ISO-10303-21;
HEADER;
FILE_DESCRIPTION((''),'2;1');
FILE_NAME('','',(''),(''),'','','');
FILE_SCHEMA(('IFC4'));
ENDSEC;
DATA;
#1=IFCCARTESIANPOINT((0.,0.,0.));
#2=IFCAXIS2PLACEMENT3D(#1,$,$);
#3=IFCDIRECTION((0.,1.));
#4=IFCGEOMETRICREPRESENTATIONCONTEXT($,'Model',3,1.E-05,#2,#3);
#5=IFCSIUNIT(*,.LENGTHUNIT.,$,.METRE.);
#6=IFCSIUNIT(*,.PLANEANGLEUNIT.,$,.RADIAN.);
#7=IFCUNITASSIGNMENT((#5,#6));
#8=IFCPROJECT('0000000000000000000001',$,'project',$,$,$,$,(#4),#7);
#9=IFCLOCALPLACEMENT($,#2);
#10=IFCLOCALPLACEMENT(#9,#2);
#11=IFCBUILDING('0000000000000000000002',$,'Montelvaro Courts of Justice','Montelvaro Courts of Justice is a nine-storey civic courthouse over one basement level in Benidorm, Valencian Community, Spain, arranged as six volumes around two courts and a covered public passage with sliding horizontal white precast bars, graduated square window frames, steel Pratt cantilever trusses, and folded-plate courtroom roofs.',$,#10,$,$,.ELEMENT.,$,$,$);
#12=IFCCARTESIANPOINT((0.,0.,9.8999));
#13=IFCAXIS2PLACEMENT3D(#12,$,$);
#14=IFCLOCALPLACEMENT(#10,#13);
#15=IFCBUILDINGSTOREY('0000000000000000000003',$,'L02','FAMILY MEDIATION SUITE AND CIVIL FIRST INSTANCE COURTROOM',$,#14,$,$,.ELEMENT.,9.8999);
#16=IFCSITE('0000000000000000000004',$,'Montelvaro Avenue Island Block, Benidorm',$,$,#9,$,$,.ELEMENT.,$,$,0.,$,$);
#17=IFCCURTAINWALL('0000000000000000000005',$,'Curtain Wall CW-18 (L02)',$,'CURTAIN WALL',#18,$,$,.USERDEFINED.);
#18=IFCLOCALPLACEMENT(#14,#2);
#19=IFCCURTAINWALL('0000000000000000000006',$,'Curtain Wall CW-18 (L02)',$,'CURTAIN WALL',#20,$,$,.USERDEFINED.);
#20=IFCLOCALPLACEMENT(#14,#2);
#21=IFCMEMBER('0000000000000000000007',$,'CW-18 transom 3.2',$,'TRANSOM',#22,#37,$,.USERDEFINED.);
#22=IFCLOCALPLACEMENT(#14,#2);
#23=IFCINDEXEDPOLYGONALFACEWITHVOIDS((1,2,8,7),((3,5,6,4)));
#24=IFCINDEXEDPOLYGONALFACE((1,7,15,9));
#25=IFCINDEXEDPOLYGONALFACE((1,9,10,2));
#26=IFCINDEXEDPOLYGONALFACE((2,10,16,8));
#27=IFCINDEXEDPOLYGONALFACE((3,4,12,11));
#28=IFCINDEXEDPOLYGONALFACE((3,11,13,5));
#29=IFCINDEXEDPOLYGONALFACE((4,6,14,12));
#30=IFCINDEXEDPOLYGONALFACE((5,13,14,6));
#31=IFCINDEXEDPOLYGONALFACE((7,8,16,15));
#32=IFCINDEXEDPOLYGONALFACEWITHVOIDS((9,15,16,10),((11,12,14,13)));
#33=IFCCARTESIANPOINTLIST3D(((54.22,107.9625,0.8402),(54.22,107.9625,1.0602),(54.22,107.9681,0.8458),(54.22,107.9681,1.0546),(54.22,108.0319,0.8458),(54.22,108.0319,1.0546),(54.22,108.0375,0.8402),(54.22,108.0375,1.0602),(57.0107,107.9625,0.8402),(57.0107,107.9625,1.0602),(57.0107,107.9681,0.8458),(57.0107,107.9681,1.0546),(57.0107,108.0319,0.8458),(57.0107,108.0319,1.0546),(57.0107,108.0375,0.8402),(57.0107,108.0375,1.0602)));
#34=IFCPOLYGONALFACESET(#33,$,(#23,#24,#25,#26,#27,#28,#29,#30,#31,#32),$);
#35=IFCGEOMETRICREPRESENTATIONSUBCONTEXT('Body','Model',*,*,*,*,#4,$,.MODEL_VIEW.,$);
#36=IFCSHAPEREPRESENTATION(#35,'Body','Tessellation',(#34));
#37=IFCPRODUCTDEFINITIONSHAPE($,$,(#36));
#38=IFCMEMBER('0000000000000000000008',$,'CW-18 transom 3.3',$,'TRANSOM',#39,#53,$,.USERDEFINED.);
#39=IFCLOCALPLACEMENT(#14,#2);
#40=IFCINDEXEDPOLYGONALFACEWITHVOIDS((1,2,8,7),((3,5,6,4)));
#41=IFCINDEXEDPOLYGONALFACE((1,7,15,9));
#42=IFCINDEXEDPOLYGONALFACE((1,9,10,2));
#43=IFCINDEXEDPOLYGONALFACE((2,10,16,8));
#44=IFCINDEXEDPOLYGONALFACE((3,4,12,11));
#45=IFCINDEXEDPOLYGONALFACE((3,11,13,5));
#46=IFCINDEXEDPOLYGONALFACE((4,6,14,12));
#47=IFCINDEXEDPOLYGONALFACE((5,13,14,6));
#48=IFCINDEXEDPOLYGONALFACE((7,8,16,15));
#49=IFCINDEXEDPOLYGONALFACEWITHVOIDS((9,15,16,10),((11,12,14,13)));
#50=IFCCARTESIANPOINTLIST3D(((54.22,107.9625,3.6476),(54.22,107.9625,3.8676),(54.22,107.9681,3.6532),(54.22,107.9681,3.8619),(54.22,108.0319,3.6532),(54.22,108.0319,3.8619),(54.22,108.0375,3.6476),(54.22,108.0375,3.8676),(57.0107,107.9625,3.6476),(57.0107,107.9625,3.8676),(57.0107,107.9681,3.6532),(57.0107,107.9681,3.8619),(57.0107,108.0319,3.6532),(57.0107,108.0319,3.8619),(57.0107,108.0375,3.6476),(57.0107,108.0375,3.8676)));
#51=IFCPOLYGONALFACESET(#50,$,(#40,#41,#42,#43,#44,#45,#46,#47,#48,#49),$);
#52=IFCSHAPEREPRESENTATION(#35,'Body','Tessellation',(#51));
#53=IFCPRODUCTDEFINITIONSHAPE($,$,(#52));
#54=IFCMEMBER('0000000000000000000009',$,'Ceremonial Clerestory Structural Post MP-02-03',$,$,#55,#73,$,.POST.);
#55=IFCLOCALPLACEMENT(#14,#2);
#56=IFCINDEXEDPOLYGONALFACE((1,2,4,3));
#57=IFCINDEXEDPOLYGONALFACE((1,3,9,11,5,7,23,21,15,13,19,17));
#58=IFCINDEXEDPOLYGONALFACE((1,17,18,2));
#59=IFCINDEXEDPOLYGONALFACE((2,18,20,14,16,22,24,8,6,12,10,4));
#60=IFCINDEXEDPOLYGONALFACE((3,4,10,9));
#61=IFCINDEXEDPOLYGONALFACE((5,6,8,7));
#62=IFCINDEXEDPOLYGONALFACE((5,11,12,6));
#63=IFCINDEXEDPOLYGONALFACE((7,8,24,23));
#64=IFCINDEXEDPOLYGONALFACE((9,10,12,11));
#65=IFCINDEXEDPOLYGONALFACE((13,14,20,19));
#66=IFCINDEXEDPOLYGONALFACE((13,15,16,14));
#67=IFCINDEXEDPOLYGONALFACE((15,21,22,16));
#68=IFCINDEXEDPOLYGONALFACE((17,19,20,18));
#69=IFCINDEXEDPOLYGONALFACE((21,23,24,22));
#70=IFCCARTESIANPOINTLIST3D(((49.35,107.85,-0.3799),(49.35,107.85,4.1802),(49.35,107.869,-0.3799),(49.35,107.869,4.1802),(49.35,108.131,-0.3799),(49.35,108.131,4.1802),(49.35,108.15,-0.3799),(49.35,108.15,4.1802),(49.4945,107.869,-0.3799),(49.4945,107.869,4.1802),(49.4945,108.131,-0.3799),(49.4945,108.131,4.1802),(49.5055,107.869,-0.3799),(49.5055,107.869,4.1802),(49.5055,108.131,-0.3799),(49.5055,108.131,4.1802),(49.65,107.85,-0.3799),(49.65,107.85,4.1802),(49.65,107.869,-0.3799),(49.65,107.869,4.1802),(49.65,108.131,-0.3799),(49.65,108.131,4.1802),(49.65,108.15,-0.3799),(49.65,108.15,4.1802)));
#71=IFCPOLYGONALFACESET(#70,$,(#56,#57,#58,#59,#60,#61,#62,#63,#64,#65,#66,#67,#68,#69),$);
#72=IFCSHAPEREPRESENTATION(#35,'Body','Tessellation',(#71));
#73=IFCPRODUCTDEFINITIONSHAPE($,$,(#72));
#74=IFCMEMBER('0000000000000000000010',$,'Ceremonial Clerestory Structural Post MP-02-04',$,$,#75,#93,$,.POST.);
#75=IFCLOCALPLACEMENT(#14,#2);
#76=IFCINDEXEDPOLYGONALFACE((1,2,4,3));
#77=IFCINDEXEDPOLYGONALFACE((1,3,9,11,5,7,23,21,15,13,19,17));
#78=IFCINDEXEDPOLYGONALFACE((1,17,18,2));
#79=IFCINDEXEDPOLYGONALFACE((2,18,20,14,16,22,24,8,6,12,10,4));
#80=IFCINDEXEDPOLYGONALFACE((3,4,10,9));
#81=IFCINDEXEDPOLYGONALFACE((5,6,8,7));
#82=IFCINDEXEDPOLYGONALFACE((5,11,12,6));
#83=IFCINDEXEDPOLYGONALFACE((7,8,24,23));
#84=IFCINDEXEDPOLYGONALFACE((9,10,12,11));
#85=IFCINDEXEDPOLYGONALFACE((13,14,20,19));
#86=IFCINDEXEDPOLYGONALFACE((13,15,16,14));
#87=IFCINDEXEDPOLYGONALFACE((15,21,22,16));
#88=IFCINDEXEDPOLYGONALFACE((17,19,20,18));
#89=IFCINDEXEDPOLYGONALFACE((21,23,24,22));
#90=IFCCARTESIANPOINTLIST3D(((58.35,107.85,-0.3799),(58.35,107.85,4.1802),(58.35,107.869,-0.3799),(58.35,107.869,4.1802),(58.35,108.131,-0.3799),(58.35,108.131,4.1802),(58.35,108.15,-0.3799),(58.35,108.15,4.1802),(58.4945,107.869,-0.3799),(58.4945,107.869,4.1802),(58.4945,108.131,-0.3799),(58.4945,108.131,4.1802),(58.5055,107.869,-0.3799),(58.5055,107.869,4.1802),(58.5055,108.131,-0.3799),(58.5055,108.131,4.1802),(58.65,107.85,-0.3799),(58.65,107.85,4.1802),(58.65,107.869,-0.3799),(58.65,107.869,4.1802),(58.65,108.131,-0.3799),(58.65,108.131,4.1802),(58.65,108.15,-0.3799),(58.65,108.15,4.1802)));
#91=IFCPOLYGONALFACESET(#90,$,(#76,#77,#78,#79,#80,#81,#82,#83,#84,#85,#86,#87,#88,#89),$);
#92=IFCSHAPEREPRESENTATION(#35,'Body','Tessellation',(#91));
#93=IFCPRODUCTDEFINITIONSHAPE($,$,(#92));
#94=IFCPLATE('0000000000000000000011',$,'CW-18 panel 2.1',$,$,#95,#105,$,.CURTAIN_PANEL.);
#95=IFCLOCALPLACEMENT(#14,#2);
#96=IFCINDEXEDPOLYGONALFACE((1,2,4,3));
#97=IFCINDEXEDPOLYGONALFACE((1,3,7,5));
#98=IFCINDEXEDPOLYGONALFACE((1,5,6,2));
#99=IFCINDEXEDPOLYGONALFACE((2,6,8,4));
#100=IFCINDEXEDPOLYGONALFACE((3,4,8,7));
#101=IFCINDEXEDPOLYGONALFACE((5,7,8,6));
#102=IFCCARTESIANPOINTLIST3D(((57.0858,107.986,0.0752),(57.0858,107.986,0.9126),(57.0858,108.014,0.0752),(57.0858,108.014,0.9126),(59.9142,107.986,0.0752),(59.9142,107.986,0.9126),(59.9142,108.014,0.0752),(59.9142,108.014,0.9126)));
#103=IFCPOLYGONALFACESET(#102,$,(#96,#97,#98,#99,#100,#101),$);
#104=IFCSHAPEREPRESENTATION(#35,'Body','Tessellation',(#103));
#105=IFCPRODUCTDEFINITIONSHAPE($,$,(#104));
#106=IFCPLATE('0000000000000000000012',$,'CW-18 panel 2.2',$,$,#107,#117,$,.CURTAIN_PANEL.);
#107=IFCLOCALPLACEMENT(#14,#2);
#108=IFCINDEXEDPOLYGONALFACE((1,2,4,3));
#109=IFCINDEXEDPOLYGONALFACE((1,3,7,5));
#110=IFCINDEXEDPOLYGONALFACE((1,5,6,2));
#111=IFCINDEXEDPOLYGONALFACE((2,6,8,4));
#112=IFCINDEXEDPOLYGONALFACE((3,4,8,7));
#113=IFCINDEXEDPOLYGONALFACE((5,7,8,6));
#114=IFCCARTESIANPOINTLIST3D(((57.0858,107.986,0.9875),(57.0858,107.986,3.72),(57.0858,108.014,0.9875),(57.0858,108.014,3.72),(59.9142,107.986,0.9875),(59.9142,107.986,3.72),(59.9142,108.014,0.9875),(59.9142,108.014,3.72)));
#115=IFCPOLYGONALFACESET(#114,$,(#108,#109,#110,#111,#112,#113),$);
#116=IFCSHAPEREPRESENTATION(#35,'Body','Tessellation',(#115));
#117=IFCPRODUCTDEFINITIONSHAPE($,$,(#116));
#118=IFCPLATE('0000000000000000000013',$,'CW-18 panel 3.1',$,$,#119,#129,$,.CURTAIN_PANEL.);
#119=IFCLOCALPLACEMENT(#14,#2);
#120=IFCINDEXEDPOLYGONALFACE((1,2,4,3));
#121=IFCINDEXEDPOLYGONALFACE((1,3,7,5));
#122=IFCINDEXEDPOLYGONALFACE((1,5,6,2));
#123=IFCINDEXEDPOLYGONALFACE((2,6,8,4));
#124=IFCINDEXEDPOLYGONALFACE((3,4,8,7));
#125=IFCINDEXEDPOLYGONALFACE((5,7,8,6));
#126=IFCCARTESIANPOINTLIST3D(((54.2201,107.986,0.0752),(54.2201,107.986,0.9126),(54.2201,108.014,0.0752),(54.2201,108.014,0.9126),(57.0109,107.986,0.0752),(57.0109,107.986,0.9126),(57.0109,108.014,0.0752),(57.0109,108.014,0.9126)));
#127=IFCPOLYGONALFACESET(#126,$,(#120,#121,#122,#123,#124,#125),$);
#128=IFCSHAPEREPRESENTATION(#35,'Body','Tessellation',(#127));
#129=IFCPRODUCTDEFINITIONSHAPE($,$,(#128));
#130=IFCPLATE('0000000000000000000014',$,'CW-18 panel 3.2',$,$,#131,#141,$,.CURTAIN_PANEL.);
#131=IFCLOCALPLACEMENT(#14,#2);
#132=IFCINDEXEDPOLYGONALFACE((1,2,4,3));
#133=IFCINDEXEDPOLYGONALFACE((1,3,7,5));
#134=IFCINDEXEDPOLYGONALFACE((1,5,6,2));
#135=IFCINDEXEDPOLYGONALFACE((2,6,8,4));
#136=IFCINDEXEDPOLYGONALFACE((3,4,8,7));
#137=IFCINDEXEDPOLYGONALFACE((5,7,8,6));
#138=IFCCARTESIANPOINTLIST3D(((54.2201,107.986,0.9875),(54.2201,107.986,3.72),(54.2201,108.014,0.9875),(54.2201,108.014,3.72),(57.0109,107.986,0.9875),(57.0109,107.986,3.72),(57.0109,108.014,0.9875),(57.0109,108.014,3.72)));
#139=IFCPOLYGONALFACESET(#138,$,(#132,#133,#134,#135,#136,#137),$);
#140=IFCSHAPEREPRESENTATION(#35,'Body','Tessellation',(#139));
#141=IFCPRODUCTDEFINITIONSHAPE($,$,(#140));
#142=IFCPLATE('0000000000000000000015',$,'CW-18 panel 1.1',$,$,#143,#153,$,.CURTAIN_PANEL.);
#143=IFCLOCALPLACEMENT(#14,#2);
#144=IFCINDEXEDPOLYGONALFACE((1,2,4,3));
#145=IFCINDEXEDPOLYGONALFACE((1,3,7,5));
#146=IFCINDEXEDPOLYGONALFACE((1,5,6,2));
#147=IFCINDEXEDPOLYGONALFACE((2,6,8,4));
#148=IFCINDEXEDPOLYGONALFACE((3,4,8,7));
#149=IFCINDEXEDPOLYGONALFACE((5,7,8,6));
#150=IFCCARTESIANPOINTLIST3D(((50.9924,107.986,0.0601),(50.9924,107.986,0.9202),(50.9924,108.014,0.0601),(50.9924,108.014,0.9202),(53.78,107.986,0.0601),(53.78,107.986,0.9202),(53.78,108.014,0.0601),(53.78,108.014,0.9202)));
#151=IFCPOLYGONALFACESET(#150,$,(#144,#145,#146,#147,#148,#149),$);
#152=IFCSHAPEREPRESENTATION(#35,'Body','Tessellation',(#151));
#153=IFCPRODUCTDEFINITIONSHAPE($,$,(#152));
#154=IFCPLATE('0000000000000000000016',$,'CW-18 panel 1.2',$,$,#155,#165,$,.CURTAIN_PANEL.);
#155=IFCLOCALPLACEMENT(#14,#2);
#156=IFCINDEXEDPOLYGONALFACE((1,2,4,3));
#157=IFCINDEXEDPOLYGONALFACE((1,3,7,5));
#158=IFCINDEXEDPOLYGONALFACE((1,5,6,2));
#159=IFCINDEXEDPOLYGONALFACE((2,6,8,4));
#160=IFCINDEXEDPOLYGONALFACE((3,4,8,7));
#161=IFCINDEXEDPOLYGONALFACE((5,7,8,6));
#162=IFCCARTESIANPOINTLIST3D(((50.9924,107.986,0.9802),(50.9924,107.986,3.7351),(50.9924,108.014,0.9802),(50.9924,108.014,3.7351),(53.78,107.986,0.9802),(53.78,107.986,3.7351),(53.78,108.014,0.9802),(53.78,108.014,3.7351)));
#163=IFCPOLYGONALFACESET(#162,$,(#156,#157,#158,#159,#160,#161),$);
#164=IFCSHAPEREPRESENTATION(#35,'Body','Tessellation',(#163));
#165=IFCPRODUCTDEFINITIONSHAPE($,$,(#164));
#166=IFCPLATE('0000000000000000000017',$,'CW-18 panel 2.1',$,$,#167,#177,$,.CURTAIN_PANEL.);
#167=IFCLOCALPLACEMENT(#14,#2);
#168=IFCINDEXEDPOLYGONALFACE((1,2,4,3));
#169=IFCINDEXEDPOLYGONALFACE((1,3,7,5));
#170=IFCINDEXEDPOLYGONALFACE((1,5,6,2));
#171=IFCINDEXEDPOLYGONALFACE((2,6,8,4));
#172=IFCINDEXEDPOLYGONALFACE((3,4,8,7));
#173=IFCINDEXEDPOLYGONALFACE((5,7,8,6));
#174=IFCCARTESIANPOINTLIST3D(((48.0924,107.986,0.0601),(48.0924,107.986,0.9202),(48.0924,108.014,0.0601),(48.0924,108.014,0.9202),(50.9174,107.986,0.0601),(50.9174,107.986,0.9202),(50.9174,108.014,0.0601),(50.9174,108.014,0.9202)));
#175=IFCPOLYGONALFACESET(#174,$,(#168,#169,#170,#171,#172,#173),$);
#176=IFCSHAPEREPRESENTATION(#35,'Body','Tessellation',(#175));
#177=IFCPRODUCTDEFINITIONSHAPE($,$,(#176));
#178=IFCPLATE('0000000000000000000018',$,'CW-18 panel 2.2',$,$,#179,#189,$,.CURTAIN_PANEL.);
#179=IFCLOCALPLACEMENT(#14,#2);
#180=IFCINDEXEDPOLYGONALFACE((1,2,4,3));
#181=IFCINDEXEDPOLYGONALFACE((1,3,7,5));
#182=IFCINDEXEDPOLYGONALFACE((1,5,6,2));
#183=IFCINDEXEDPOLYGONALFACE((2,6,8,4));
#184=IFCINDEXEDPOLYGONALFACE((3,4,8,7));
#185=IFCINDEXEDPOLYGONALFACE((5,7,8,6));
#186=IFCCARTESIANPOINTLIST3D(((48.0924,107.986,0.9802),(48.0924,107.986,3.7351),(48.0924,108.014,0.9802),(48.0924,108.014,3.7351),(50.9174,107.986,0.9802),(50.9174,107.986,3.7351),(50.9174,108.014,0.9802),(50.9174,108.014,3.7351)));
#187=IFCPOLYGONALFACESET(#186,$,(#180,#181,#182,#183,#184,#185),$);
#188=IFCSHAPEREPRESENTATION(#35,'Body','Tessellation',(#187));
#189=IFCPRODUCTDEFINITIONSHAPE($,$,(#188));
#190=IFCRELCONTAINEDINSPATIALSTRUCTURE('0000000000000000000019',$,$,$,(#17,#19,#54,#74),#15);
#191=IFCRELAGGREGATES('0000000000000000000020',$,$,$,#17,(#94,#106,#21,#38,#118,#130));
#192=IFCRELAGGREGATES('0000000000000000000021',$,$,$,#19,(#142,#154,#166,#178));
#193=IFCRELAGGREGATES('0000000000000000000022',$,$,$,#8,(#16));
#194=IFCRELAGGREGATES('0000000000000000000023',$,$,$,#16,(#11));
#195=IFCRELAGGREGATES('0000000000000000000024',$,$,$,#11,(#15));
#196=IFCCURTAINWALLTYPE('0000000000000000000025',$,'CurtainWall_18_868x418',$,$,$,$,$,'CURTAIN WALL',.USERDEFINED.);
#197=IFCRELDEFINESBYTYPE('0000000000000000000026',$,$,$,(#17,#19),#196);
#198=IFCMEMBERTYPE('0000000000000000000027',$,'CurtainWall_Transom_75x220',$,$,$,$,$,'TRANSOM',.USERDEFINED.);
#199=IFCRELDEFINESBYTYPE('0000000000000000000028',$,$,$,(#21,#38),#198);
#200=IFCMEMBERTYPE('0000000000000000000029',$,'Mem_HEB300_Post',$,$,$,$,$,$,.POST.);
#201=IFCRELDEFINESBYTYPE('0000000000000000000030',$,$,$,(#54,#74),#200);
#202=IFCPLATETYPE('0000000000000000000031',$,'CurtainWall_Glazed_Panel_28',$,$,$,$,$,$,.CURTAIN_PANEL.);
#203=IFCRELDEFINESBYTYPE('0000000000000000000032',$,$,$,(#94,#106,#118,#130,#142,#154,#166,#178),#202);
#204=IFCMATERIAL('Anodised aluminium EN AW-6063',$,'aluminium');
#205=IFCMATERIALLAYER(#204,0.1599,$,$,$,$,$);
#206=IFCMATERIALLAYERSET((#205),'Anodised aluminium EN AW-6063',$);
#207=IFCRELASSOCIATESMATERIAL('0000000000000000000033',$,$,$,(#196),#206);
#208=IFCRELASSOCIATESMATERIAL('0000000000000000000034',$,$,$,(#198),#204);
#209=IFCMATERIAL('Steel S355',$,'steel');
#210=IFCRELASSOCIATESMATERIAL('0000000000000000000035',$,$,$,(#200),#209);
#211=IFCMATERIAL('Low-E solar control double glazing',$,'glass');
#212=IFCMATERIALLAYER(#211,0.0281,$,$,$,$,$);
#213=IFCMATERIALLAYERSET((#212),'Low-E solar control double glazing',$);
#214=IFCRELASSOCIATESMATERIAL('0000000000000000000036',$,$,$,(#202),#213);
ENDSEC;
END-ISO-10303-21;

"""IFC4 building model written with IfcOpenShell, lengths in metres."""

from ifc_helpers import new_model, si_unit, direction, frame, origin, origin_2d, place, context, subcontext, project, spatial, rectangle, hollow_rectangle, i_section, extrude, material, layer, layer_set, material_profile, profile_set, type_object, element, aggregate, save


model = new_model("IFC4")

# Units and contexts
model_context = context("Model", 3, precision=1e-05, world=origin(), true_north=direction((0.0, 1.0)))
body_context = subcontext(model_context, "Body", "Model", "MODEL_VIEW")
ifc_project = project(units=[si_unit("LENGTHUNIT", "METRE"), si_unit("PLANEANGLEUNIT", "RADIAN")], contexts=[model_context])

# Site, building, storey
site_placement = place(None, origin())
site = spatial("IfcSite", under=ifc_project, at=site_placement, Name="Montelvaro Avenue Island Block, Benidorm", CompositionType="ELEMENT", RefElevation=0.0)
building_placement = place(site_placement, origin())
building = spatial("IfcBuilding", under=site, at=building_placement, Name="Montelvaro Courts of Justice", Description="Montelvaro Courts of Justice is a nine-storey civic courthouse over one basement level in Benidorm, Valencian Community, Spain, arranged as six volumes around two courts and a covered public passage with sliding horizontal white precast bars, graduated square window frames, steel Pratt cantilever trusses, and folded-plate courtroom roofs.", CompositionType="ELEMENT")
storey_placement = place(building_placement, frame((0.0, 0.0, 9.8999)))
storey = spatial("IfcBuildingStorey", under=building, at=storey_placement, Name="L02", Description="FAMILY MEDIATION SUITE AND CIVIL FIRST INSTANCE COURTROOM", CompositionType="ELEMENT", Elevation=9.8999)

# Shared definitions
ifc_material_1 = material(Name="Steel S355", Category="steel")

# Curtain walls
ifc_material_2 = material(Name="Anodised aluminium EN AW-6063", Category="aluminium")
ifc_layer_1 = layer(ifc_material_2, 0.1599)
ifc_layer_set_1 = layer_set([ifc_layer_1], Name="Anodised aluminium EN AW-6063")
curtain_wall_type = type_object("IfcCurtainWallType", Name="CurtainWall_18_868x418", ElementType="CURTAIN WALL", PredefinedType="USERDEFINED", material=ifc_layer_set_1)
curtain_wall_1_placement = place(storey_placement, origin())
curtain_wall_1 = element("IfcCurtainWall", 1, at=curtain_wall_1_placement, inside=storey, type_object=curtain_wall_type, Name="Curtain Wall CW-18 (L02)", ObjectType="CURTAIN WALL", PredefinedType="USERDEFINED")
curtain_wall_2_placement = place(storey_placement, origin())
curtain_wall_2 = element("IfcCurtainWall", 2, at=curtain_wall_2_placement, inside=storey, type_object=curtain_wall_type, Name="Curtain Wall CW-18 (L02)", ObjectType="CURTAIN WALL", PredefinedType="USERDEFINED")

# Members
ifc_material_profile_1 = material_profile(ifc_material_2, hollow_rectangle(XDim=0.075, YDim=0.22, WallThickness=0.0056, at=origin_2d()), Name="ALU-T 75x220")
ifc_profile_set_1 = profile_set([ifc_material_profile_1], Name="Anodised aluminium EN AW-6063")
member_type_1 = type_object("IfcMemberType", Name="CurtainWall_Transom_75x220", ElementType="TRANSOM", PredefinedType="USERDEFINED", material=ifc_profile_set_1)
member_1_placement = place(storey_placement, frame((57.0107, 108.0, 0.9502), z_axis=(-1.0, 0.0, 0.0), x_axis=(0.0, -1.0, 0.0)))
member_1 = element("IfcMember", 3, at=member_1_placement, type_object=member_type_1, Name="CW-18 transom 3.2", ObjectType="TRANSOM", PredefinedType="USERDEFINED", context=body_context, shape_type="SweptSolid", body=[
    extrude(hollow_rectangle(XDim=0.075, YDim=0.22, WallThickness=0.0056, at=origin_2d()), origin(), (0.0, 0.0, 1.0), 2.7908),
])
member_2_placement = place(storey_placement, frame((57.0107, 108.0, 3.7576), z_axis=(-1.0, 0.0, 0.0), x_axis=(0.0, -1.0, 0.0)))
member_2 = element("IfcMember", 4, at=member_2_placement, type_object=member_type_1, Name="CW-18 transom 3.3", ObjectType="TRANSOM", PredefinedType="USERDEFINED", context=body_context, shape_type="SweptSolid", body=[
    extrude(hollow_rectangle(XDim=0.075, YDim=0.22, WallThickness=0.0056, at=origin_2d()), origin(), (0.0, 0.0, 1.0), 2.7908),
])

# Members
ifc_material_profile_2 = material_profile(ifc_material_1, i_section(OverallWidth=0.3, OverallDepth=0.3, WebThickness=0.011, FlangeThickness=0.019, at=origin_2d()), Name="HEB 300")
ifc_profile_set_2 = profile_set([ifc_material_profile_2], Name="Steel S355")
member_type_2 = type_object("IfcMemberType", Name="Mem_HEB300_Post", PredefinedType="POST", material=ifc_profile_set_2)
for number, where, z_axis, x_axis, name in (
    (5, (49.5, 108.0, -0.3799), (0.0, 0.0, 1.0), (1.0, 0.0, 0.0), "Ceremonial Clerestory Structural Post MP-02-03"),
    (6, (58.5, 108.0, -0.3799), (0.0, 0.0, 1.0), (1.0, 0.0, 0.0), "Ceremonial Clerestory Structural Post MP-02-04"),
):
    element("IfcMember", number, at=place(storey_placement, frame(where, z_axis=z_axis, x_axis=x_axis)), inside=storey, type_object=member_type_2, Name=name, PredefinedType="POST", context=body_context, shape_type="SweptSolid", body=[
        extrude(i_section(OverallWidth=0.3, OverallDepth=0.3, WebThickness=0.011, FlangeThickness=0.019, at=origin_2d()), origin(), (0.0, 0.0, 1.0), 4.5601),
    ])

# Plates
ifc_material_3 = material(Name="Low-E solar control double glazing", Category="glass")
ifc_layer_2 = layer(ifc_material_3, 0.0281)
ifc_layer_set_2 = layer_set([ifc_layer_2], Name="Low-E solar control double glazing")
plate_type = type_object("IfcPlateType", Name="CurtainWall_Glazed_Panel_28", PredefinedType="CURTAIN_PANEL", material=ifc_layer_set_2)
plate_1_placement = place(storey_placement, frame((58.5, 108.0, 0.0752), z_axis=(0.0, 0.0, 1.0), x_axis=(-1.0, 0.0, 0.0)))
plate_1 = element("IfcPlate", 7, at=plate_1_placement, type_object=plate_type, Name="CW-18 panel 2.1", PredefinedType="CURTAIN_PANEL", context=body_context, shape_type="SweptSolid", body=[
    extrude(rectangle(XDim=2.8284, YDim=0.0281, at=origin_2d()), origin(), (0.0, 0.0, 1.0), 0.8374),
])
plate_2_placement = place(storey_placement, frame((58.5, 108.0, 0.9875), z_axis=(0.0, 0.0, 1.0), x_axis=(-1.0, 0.0, 0.0)))
plate_2 = element("IfcPlate", 8, at=plate_2_placement, type_object=plate_type, Name="CW-18 panel 2.2", PredefinedType="CURTAIN_PANEL", context=body_context, shape_type="SweptSolid", body=[
    extrude(rectangle(XDim=2.8284, YDim=0.0281, at=origin_2d()), origin(), (0.0, 0.0, 1.0), 2.7324),
])
plate_3_placement = place(storey_placement, frame((55.6155, 108.0, 0.0752), z_axis=(0.0, 0.0, 1.0), x_axis=(-1.0, 0.0, 0.0)))
plate_3 = element("IfcPlate", 9, at=plate_3_placement, type_object=plate_type, Name="CW-18 panel 3.1", PredefinedType="CURTAIN_PANEL", context=body_context, shape_type="SweptSolid", body=[
    extrude(rectangle(XDim=2.7908, YDim=0.0281, at=origin_2d()), origin(), (0.0, 0.0, 1.0), 0.8374),
])
plate_4_placement = place(storey_placement, frame((55.6155, 108.0, 0.9875), z_axis=(0.0, 0.0, 1.0), x_axis=(-1.0, 0.0, 0.0)))
plate_4 = element("IfcPlate", 10, at=plate_4_placement, type_object=plate_type, Name="CW-18 panel 3.2", PredefinedType="CURTAIN_PANEL", context=body_context, shape_type="SweptSolid", body=[
    extrude(rectangle(XDim=2.7908, YDim=0.0281, at=origin_2d()), origin(), (0.0, 0.0, 1.0), 2.7324),
])
aggregate(curtain_wall_1, [plate_1, plate_2, member_1, member_2, plate_3, plate_4])
plate_5_placement = place(storey_placement, frame((52.3862, 108.0, 0.0601), z_axis=(0.0, 0.0, 1.0), x_axis=(-1.0, 0.0, 0.0)))
plate_5 = element("IfcPlate", 11, at=plate_5_placement, type_object=plate_type, Name="CW-18 panel 1.1", PredefinedType="CURTAIN_PANEL", context=body_context, shape_type="SweptSolid", body=[
    extrude(rectangle(XDim=2.7876, YDim=0.0281, at=origin_2d()), origin(), (0.0, 0.0, 1.0), 0.8601),
])
plate_6_placement = place(storey_placement, frame((52.3862, 108.0, 0.9802), z_axis=(0.0, 0.0, 1.0), x_axis=(-1.0, 0.0, 0.0)))
plate_6 = element("IfcPlate", 12, at=plate_6_placement, type_object=plate_type, Name="CW-18 panel 1.2", PredefinedType="CURTAIN_PANEL", context=body_context, shape_type="SweptSolid", body=[
    extrude(rectangle(XDim=2.7876, YDim=0.0281, at=origin_2d()), origin(), (0.0, 0.0, 1.0), 2.7549),
])
plate_7_placement = place(storey_placement, frame((49.5049, 108.0, 0.0601), z_axis=(0.0, 0.0, 1.0), x_axis=(-1.0, 0.0, 0.0)))
plate_7 = element("IfcPlate", 13, at=plate_7_placement, type_object=plate_type, Name="CW-18 panel 2.1", PredefinedType="CURTAIN_PANEL", context=body_context, shape_type="SweptSolid", body=[
    extrude(rectangle(XDim=2.825, YDim=0.0281, at=origin_2d()), origin(), (0.0, 0.0, 1.0), 0.8601),
])
plate_8_placement = place(storey_placement, frame((49.5049, 108.0, 0.9802), z_axis=(0.0, 0.0, 1.0), x_axis=(-1.0, 0.0, 0.0)))
plate_8 = element("IfcPlate", 14, at=plate_8_placement, type_object=plate_type, Name="CW-18 panel 2.2", PredefinedType="CURTAIN_PANEL", context=body_context, shape_type="SweptSolid", body=[
    extrude(rectangle(XDim=2.825, YDim=0.0281, at=origin_2d()), origin(), (0.0, 0.0, 1.0), 2.7549),
])
aggregate(curtain_wall_2, [plate_5, plate_6, plate_7, plate_8])

save(model, "model.ifc")
